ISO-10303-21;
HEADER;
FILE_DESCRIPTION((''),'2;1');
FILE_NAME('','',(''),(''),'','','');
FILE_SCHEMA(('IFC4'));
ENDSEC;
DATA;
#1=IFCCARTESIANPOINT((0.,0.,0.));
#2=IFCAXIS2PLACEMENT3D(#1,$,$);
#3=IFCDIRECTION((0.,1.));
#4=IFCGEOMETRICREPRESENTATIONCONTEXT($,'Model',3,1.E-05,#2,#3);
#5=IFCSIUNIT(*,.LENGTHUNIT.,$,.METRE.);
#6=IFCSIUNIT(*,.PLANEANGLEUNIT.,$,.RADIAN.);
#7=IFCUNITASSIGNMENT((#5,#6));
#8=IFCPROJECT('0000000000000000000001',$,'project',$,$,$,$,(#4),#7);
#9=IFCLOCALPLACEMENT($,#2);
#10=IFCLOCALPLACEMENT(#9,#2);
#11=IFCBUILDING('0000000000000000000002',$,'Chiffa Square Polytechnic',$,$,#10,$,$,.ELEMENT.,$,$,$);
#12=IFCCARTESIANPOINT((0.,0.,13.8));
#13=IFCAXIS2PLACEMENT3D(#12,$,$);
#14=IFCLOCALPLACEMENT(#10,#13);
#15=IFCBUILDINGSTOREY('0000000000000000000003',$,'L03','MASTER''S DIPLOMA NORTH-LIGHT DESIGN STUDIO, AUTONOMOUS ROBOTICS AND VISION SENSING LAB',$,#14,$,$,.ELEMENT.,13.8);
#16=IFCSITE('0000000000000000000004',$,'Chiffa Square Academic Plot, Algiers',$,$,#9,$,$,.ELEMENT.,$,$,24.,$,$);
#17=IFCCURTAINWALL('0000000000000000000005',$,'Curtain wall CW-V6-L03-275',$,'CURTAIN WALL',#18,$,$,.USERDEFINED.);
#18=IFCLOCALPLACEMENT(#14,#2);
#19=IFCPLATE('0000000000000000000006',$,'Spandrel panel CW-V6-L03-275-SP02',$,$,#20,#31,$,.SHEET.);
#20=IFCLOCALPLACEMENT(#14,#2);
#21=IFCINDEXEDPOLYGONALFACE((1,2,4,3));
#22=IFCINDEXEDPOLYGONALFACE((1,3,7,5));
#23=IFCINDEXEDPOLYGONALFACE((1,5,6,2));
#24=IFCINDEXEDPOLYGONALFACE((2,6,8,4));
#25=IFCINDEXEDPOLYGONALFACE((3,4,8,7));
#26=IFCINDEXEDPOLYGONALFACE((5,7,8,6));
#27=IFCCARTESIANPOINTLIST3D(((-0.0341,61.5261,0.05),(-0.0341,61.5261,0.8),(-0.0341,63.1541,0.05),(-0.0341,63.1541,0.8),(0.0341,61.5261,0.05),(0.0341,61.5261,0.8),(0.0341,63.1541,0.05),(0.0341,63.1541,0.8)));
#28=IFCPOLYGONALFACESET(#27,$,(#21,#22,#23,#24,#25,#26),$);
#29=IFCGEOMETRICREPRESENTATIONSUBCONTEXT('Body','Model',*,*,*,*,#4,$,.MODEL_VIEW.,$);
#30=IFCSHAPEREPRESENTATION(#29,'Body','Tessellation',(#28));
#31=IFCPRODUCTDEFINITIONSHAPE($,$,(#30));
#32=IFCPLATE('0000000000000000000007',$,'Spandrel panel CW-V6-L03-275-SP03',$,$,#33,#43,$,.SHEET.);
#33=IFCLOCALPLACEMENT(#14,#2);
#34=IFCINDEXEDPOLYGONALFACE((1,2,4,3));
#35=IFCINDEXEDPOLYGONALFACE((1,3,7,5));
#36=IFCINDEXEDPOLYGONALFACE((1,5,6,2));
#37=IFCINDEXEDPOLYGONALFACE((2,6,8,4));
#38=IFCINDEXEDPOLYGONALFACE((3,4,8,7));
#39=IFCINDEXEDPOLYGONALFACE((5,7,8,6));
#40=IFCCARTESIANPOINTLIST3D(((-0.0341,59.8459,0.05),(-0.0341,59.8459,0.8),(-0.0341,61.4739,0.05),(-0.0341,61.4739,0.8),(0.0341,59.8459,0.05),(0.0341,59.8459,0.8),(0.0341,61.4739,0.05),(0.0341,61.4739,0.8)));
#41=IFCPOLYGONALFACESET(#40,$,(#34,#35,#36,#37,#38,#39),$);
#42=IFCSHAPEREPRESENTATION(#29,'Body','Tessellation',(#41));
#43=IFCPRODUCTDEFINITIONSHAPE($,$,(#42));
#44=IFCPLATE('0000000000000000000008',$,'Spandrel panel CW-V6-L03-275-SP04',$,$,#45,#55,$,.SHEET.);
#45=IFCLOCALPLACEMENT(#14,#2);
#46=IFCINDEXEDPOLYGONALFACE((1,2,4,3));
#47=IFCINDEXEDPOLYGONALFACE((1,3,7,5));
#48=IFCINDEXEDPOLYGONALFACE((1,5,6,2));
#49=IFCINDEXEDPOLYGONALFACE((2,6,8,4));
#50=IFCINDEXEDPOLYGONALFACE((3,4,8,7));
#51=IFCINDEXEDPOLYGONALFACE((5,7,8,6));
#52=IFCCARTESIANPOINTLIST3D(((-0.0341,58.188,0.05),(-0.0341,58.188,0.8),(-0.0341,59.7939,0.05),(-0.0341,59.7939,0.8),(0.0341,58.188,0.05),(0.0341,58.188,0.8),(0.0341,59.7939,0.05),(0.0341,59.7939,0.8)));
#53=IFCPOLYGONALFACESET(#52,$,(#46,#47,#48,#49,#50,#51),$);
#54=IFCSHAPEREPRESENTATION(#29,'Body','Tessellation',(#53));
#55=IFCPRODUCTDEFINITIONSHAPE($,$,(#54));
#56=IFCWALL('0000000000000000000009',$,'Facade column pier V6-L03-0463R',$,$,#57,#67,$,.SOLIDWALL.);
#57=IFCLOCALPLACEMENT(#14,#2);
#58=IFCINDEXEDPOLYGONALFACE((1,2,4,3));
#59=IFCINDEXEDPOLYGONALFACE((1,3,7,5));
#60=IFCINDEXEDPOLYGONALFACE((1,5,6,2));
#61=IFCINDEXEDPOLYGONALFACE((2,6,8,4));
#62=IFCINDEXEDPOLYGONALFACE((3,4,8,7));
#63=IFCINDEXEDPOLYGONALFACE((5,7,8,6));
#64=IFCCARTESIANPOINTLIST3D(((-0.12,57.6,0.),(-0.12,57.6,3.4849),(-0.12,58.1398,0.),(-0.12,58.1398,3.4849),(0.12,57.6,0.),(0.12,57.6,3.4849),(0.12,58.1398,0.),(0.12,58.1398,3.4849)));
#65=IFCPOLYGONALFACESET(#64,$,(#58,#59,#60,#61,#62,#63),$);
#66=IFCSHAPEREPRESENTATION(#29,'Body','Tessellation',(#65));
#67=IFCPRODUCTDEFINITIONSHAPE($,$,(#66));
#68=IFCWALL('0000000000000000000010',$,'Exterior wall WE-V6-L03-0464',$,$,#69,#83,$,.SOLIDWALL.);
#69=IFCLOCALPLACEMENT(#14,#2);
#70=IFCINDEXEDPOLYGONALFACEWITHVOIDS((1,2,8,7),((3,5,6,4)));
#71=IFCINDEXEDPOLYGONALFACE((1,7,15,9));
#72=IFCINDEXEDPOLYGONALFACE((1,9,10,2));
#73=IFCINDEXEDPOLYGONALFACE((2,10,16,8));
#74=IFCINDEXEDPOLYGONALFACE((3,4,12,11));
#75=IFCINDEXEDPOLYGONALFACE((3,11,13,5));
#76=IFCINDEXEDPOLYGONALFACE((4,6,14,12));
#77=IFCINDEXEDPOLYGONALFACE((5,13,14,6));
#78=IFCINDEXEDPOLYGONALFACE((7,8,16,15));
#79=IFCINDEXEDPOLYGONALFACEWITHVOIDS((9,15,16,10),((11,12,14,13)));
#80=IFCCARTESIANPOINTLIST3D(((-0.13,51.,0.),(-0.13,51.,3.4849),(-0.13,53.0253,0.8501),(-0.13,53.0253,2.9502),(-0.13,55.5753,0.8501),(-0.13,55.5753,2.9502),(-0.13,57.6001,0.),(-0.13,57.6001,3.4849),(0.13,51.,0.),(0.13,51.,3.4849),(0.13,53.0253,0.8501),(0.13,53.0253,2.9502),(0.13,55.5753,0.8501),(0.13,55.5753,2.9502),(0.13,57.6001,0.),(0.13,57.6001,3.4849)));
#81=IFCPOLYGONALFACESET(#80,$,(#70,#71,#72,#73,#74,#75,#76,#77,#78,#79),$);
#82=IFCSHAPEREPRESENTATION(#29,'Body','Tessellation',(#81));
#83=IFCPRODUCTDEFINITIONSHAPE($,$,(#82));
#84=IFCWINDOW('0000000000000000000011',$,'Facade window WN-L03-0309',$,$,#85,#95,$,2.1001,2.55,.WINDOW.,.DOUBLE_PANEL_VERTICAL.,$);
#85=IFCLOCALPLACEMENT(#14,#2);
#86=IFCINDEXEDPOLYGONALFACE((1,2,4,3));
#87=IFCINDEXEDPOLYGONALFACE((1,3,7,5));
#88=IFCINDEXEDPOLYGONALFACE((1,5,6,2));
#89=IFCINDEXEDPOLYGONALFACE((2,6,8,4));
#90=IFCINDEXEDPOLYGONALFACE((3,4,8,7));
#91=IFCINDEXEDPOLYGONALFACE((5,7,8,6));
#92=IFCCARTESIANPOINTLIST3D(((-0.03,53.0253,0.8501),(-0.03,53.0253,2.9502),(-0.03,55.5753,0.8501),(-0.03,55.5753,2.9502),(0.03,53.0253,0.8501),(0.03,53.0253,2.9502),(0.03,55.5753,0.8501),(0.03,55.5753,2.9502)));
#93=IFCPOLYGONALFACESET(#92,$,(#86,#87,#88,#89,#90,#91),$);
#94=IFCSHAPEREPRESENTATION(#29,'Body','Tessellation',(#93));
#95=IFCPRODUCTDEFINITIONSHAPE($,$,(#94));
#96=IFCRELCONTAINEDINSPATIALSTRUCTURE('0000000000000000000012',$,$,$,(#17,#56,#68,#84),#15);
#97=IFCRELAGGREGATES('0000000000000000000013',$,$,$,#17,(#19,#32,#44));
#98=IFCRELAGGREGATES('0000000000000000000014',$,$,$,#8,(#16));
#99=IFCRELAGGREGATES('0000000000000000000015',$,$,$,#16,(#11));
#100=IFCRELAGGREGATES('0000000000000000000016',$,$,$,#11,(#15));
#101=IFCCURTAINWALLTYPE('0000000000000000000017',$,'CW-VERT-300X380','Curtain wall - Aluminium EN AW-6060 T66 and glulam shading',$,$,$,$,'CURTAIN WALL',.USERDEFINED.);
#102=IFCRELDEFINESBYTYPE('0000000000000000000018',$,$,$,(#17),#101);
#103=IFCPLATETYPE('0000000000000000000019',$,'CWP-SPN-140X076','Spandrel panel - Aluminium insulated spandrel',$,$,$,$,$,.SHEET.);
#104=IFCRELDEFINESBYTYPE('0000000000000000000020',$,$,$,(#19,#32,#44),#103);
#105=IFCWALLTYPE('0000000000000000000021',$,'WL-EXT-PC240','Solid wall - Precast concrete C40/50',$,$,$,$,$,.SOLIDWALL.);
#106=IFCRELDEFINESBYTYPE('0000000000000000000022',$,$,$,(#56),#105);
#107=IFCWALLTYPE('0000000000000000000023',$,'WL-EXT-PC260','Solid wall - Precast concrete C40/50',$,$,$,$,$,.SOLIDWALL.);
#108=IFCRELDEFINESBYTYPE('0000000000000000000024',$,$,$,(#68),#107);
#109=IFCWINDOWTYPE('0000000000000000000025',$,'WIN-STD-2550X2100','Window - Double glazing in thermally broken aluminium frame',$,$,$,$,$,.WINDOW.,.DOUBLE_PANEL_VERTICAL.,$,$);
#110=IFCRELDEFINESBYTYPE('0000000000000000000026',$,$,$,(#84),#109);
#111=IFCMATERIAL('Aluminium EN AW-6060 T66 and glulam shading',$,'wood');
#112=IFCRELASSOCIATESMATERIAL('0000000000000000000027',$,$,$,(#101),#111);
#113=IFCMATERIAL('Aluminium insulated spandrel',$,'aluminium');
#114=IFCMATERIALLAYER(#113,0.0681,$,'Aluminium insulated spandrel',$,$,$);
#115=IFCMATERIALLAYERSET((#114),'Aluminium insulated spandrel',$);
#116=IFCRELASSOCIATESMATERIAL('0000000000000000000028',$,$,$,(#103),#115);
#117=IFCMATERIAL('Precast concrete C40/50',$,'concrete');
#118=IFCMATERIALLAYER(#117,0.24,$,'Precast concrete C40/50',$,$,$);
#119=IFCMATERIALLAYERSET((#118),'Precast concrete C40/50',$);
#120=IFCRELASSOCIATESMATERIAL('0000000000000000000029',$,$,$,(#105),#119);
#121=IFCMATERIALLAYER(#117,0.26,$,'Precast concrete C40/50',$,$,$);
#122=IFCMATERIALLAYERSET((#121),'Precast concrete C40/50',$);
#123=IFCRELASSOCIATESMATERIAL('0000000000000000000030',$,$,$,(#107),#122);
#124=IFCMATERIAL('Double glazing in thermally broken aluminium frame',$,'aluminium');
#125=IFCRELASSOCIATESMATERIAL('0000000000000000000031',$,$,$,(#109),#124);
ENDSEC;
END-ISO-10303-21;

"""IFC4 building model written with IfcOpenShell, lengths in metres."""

from ifc_helpers import new_model, si_unit, direction, frame, frame_2d, origin, origin_2d, place, context, subcontext, project, spatial, rectangle, extrude, material, layer, layer_set, type_object, element, fill, aggregate, save


model = new_model("IFC4")

# Units and contexts
model_context = context("Model", 3, precision=1e-05, world=origin(), true_north=direction((0.0, 1.0)))
body_context = subcontext(model_context, "Body", "Model", "MODEL_VIEW")
ifc_project = project(units=[si_unit("LENGTHUNIT", "METRE"), si_unit("PLANEANGLEUNIT", "RADIAN")], contexts=[model_context])

# Site, building, storey
site_placement = place(None, origin())
site = spatial("IfcSite", under=ifc_project, at=site_placement, Name="Chiffa Square Academic Plot, Algiers", CompositionType="ELEMENT", RefElevation=24.0)
building_placement = place(site_placement, origin())
building = spatial("IfcBuilding", under=site, at=building_placement, Name="Chiffa Square Polytechnic", CompositionType="ELEMENT")
storey_placement = place(building_placement, frame((0.0, 0.0, 13.8)))
storey = spatial("IfcBuildingStorey", under=building, at=storey_placement, Name="L03", Description="MASTER'S DIPLOMA NORTH-LIGHT DESIGN STUDIO, AUTONOMOUS ROBOTICS AND VISION SENSING LAB", CompositionType="ELEMENT", Elevation=13.8)

# Curtain wall, plates
ifc_material_1 = material(Name="Aluminium EN AW-6060 T66 and glulam shading", Category="wood")
curtain_wall_type = type_object("IfcCurtainWallType", Name="CW-VERT-300X380", Description="Curtain wall - Aluminium EN AW-6060 T66 and glulam shading", ElementType="CURTAIN WALL", PredefinedType="USERDEFINED", material=ifc_material_1)
curtain_wall_placement = place(storey_placement, origin())
curtain_wall = element("IfcCurtainWall", 1, at=curtain_wall_placement, inside=storey, type_object=curtain_wall_type, Name="Curtain wall CW-V6-L03-275", ObjectType="CURTAIN WALL", PredefinedType="USERDEFINED")
ifc_material_2 = material(Name="Aluminium insulated spandrel", Category="aluminium")
ifc_layer_1 = layer(ifc_material_2, 0.0681, Name="Aluminium insulated spandrel")
ifc_layer_set_1 = layer_set([ifc_layer_1], Name="Aluminium insulated spandrel")
plate_type_1 = type_object("IfcPlateType", Name="CWP-SPN-140X076", Description="Spandrel panel - Aluminium insulated spandrel", PredefinedType="SHEET", material=ifc_layer_set_1)
plate_1_placement = place(storey_placement, frame((0.0, 62.3401, 0.05), z_axis=(0.0, 0.0, 1.0), x_axis=(0.0, -1.0, 0.0)))
plate_1 = element("IfcPlate", 2, at=plate_1_placement, type_object=plate_type_1, Name="Spandrel panel CW-V6-L03-275-SP02", PredefinedType="SHEET", context=body_context, shape_type="SweptSolid", body=[
    extrude(rectangle(XDim=1.6279, YDim=0.0681, at=origin_2d()), origin(), (0.0, 0.0, 1.0), 0.75),
])
plate_2_placement = place(storey_placement, frame((0.0, 60.6599, 0.05), z_axis=(0.0, 0.0, 1.0), x_axis=(0.0, -1.0, 0.0)))
plate_2 = element("IfcPlate", 3, at=plate_2_placement, type_object=plate_type_1, Name="Spandrel panel CW-V6-L03-275-SP03", PredefinedType="SHEET", context=body_context, shape_type="SweptSolid", body=[
    extrude(rectangle(XDim=1.6279, YDim=0.0681, at=origin_2d()), origin(), (0.0, 0.0, 1.0), 0.75),
])
plate_3_placement = place(storey_placement, frame((0.0, 58.991, 0.05), z_axis=(0.0, 0.0, 1.0), x_axis=(0.0, -1.0, 0.0)))
plate_3 = element("IfcPlate", 4, at=plate_3_placement, type_object=plate_type_1, Name="Spandrel panel CW-V6-L03-275-SP04", PredefinedType="SHEET", context=body_context, shape_type="SweptSolid", body=[
    extrude(rectangle(XDim=1.606, YDim=0.0681, at=origin_2d()), origin(), (0.0, 0.0, 1.0), 0.75),
])
aggregate(curtain_wall, [plate_1, plate_2, plate_3])

# Wall
ifc_material_3 = material(Name="Precast concrete C40/50", Category="concrete")
ifc_layer_2 = layer(ifc_material_3, 0.24, Name="Precast concrete C40/50")
ifc_layer_set_2 = layer_set([ifc_layer_2], Name="Precast concrete C40/50")
wall_type_1 = type_object("IfcWallType", Name="WL-EXT-PC240", Description="Solid wall - Precast concrete C40/50", PredefinedType="SOLIDWALL", material=ifc_layer_set_2)
wall_1_placement = place(storey_placement, frame((0.0, 58.1399, 0.0), z_axis=(0.0, 0.0, 1.0), x_axis=(0.0, -1.0, 0.0)))
element("IfcWall", 5, at=wall_1_placement, inside=storey, type_object=wall_type_1, Name="Facade column pier V6-L03-0463R", PredefinedType="SOLIDWALL", context=body_context, shape_type="SweptSolid", body=[
    extrude(rectangle(XDim=0.5398, YDim=0.24, at=frame_2d((0.27, 0.0))), origin(), (0.0, 0.0, 1.0), 3.4849),
])

# Wall, opening, window
ifc_layer_3 = layer(ifc_material_3, 0.26, Name="Precast concrete C40/50")
ifc_layer_set_3 = layer_set([ifc_layer_3], Name="Precast concrete C40/50")
wall_type_2 = type_object("IfcWallType", Name="WL-EXT-PC260", Description="Solid wall - Precast concrete C40/50", PredefinedType="SOLIDWALL", material=ifc_layer_set_3)
wall_2_placement = place(storey_placement, frame((0.0, 57.6001, 0.0), z_axis=(0.0, 0.0, 1.0), x_axis=(0.0, -1.0, 0.0)))
wall_2 = element("IfcWall", 6, at=wall_2_placement, inside=storey, type_object=wall_type_2, Name="Exterior wall WE-V6-L03-0464", PredefinedType="SOLIDWALL", context=body_context, shape_type="SweptSolid", body=[
    extrude(rectangle(XDim=6.6001, YDim=0.26, at=frame_2d((3.3, 0.0))), origin(), (0.0, 0.0, 1.0), 3.4849),
])
opening_placement = place(wall_2_placement, frame((2.0249, 0.0, 0.8501)))
opening = element("IfcOpeningElement", 7, at=opening_placement, cuts=wall_2, PredefinedType="OPENING", context=body_context, shape_type="SweptSolid", body=[
    extrude(rectangle(XDim=2.55, YDim=2.1001, at=frame_2d((1.2749, 1.05))), frame((0.0, 0.1401, 0.0), z_axis=(0.0, -1.0, 0.0), x_axis=(1.0, 0.0, 0.0)), (0.0, 0.0, 1.0), 0.28),
])
ifc_material_4 = material(Name="Double glazing in thermally broken aluminium frame", Category="aluminium")
window_type = type_object("IfcWindowType", Name="WIN-STD-2550X2100", Description="Window - Double glazing in thermally broken aluminium frame", PartitioningType="DOUBLE_PANEL_VERTICAL", PredefinedType="WINDOW", material=ifc_material_4)
window_placement = place(opening_placement, origin())
window = element("IfcWindow", 8, at=window_placement, inside=storey, type_object=window_type, Name="Facade window WN-L03-0309", OverallHeight=2.1001, OverallWidth=2.55, PartitioningType="DOUBLE_PANEL_VERTICAL", PredefinedType="WINDOW", context=body_context, shape_type="SweptSolid", body=[
    extrude(rectangle(XDim=2.55, YDim=2.1001, at=frame_2d((1.2749, 1.05))), frame((0.0, 0.03, 0.0), z_axis=(0.0, -1.0, 0.0), x_axis=(1.0, 0.0, 0.0)), (0.0, 0.0, 1.0), 0.0601),
])
fill(opening, window)

save(model, "model.ifc")
